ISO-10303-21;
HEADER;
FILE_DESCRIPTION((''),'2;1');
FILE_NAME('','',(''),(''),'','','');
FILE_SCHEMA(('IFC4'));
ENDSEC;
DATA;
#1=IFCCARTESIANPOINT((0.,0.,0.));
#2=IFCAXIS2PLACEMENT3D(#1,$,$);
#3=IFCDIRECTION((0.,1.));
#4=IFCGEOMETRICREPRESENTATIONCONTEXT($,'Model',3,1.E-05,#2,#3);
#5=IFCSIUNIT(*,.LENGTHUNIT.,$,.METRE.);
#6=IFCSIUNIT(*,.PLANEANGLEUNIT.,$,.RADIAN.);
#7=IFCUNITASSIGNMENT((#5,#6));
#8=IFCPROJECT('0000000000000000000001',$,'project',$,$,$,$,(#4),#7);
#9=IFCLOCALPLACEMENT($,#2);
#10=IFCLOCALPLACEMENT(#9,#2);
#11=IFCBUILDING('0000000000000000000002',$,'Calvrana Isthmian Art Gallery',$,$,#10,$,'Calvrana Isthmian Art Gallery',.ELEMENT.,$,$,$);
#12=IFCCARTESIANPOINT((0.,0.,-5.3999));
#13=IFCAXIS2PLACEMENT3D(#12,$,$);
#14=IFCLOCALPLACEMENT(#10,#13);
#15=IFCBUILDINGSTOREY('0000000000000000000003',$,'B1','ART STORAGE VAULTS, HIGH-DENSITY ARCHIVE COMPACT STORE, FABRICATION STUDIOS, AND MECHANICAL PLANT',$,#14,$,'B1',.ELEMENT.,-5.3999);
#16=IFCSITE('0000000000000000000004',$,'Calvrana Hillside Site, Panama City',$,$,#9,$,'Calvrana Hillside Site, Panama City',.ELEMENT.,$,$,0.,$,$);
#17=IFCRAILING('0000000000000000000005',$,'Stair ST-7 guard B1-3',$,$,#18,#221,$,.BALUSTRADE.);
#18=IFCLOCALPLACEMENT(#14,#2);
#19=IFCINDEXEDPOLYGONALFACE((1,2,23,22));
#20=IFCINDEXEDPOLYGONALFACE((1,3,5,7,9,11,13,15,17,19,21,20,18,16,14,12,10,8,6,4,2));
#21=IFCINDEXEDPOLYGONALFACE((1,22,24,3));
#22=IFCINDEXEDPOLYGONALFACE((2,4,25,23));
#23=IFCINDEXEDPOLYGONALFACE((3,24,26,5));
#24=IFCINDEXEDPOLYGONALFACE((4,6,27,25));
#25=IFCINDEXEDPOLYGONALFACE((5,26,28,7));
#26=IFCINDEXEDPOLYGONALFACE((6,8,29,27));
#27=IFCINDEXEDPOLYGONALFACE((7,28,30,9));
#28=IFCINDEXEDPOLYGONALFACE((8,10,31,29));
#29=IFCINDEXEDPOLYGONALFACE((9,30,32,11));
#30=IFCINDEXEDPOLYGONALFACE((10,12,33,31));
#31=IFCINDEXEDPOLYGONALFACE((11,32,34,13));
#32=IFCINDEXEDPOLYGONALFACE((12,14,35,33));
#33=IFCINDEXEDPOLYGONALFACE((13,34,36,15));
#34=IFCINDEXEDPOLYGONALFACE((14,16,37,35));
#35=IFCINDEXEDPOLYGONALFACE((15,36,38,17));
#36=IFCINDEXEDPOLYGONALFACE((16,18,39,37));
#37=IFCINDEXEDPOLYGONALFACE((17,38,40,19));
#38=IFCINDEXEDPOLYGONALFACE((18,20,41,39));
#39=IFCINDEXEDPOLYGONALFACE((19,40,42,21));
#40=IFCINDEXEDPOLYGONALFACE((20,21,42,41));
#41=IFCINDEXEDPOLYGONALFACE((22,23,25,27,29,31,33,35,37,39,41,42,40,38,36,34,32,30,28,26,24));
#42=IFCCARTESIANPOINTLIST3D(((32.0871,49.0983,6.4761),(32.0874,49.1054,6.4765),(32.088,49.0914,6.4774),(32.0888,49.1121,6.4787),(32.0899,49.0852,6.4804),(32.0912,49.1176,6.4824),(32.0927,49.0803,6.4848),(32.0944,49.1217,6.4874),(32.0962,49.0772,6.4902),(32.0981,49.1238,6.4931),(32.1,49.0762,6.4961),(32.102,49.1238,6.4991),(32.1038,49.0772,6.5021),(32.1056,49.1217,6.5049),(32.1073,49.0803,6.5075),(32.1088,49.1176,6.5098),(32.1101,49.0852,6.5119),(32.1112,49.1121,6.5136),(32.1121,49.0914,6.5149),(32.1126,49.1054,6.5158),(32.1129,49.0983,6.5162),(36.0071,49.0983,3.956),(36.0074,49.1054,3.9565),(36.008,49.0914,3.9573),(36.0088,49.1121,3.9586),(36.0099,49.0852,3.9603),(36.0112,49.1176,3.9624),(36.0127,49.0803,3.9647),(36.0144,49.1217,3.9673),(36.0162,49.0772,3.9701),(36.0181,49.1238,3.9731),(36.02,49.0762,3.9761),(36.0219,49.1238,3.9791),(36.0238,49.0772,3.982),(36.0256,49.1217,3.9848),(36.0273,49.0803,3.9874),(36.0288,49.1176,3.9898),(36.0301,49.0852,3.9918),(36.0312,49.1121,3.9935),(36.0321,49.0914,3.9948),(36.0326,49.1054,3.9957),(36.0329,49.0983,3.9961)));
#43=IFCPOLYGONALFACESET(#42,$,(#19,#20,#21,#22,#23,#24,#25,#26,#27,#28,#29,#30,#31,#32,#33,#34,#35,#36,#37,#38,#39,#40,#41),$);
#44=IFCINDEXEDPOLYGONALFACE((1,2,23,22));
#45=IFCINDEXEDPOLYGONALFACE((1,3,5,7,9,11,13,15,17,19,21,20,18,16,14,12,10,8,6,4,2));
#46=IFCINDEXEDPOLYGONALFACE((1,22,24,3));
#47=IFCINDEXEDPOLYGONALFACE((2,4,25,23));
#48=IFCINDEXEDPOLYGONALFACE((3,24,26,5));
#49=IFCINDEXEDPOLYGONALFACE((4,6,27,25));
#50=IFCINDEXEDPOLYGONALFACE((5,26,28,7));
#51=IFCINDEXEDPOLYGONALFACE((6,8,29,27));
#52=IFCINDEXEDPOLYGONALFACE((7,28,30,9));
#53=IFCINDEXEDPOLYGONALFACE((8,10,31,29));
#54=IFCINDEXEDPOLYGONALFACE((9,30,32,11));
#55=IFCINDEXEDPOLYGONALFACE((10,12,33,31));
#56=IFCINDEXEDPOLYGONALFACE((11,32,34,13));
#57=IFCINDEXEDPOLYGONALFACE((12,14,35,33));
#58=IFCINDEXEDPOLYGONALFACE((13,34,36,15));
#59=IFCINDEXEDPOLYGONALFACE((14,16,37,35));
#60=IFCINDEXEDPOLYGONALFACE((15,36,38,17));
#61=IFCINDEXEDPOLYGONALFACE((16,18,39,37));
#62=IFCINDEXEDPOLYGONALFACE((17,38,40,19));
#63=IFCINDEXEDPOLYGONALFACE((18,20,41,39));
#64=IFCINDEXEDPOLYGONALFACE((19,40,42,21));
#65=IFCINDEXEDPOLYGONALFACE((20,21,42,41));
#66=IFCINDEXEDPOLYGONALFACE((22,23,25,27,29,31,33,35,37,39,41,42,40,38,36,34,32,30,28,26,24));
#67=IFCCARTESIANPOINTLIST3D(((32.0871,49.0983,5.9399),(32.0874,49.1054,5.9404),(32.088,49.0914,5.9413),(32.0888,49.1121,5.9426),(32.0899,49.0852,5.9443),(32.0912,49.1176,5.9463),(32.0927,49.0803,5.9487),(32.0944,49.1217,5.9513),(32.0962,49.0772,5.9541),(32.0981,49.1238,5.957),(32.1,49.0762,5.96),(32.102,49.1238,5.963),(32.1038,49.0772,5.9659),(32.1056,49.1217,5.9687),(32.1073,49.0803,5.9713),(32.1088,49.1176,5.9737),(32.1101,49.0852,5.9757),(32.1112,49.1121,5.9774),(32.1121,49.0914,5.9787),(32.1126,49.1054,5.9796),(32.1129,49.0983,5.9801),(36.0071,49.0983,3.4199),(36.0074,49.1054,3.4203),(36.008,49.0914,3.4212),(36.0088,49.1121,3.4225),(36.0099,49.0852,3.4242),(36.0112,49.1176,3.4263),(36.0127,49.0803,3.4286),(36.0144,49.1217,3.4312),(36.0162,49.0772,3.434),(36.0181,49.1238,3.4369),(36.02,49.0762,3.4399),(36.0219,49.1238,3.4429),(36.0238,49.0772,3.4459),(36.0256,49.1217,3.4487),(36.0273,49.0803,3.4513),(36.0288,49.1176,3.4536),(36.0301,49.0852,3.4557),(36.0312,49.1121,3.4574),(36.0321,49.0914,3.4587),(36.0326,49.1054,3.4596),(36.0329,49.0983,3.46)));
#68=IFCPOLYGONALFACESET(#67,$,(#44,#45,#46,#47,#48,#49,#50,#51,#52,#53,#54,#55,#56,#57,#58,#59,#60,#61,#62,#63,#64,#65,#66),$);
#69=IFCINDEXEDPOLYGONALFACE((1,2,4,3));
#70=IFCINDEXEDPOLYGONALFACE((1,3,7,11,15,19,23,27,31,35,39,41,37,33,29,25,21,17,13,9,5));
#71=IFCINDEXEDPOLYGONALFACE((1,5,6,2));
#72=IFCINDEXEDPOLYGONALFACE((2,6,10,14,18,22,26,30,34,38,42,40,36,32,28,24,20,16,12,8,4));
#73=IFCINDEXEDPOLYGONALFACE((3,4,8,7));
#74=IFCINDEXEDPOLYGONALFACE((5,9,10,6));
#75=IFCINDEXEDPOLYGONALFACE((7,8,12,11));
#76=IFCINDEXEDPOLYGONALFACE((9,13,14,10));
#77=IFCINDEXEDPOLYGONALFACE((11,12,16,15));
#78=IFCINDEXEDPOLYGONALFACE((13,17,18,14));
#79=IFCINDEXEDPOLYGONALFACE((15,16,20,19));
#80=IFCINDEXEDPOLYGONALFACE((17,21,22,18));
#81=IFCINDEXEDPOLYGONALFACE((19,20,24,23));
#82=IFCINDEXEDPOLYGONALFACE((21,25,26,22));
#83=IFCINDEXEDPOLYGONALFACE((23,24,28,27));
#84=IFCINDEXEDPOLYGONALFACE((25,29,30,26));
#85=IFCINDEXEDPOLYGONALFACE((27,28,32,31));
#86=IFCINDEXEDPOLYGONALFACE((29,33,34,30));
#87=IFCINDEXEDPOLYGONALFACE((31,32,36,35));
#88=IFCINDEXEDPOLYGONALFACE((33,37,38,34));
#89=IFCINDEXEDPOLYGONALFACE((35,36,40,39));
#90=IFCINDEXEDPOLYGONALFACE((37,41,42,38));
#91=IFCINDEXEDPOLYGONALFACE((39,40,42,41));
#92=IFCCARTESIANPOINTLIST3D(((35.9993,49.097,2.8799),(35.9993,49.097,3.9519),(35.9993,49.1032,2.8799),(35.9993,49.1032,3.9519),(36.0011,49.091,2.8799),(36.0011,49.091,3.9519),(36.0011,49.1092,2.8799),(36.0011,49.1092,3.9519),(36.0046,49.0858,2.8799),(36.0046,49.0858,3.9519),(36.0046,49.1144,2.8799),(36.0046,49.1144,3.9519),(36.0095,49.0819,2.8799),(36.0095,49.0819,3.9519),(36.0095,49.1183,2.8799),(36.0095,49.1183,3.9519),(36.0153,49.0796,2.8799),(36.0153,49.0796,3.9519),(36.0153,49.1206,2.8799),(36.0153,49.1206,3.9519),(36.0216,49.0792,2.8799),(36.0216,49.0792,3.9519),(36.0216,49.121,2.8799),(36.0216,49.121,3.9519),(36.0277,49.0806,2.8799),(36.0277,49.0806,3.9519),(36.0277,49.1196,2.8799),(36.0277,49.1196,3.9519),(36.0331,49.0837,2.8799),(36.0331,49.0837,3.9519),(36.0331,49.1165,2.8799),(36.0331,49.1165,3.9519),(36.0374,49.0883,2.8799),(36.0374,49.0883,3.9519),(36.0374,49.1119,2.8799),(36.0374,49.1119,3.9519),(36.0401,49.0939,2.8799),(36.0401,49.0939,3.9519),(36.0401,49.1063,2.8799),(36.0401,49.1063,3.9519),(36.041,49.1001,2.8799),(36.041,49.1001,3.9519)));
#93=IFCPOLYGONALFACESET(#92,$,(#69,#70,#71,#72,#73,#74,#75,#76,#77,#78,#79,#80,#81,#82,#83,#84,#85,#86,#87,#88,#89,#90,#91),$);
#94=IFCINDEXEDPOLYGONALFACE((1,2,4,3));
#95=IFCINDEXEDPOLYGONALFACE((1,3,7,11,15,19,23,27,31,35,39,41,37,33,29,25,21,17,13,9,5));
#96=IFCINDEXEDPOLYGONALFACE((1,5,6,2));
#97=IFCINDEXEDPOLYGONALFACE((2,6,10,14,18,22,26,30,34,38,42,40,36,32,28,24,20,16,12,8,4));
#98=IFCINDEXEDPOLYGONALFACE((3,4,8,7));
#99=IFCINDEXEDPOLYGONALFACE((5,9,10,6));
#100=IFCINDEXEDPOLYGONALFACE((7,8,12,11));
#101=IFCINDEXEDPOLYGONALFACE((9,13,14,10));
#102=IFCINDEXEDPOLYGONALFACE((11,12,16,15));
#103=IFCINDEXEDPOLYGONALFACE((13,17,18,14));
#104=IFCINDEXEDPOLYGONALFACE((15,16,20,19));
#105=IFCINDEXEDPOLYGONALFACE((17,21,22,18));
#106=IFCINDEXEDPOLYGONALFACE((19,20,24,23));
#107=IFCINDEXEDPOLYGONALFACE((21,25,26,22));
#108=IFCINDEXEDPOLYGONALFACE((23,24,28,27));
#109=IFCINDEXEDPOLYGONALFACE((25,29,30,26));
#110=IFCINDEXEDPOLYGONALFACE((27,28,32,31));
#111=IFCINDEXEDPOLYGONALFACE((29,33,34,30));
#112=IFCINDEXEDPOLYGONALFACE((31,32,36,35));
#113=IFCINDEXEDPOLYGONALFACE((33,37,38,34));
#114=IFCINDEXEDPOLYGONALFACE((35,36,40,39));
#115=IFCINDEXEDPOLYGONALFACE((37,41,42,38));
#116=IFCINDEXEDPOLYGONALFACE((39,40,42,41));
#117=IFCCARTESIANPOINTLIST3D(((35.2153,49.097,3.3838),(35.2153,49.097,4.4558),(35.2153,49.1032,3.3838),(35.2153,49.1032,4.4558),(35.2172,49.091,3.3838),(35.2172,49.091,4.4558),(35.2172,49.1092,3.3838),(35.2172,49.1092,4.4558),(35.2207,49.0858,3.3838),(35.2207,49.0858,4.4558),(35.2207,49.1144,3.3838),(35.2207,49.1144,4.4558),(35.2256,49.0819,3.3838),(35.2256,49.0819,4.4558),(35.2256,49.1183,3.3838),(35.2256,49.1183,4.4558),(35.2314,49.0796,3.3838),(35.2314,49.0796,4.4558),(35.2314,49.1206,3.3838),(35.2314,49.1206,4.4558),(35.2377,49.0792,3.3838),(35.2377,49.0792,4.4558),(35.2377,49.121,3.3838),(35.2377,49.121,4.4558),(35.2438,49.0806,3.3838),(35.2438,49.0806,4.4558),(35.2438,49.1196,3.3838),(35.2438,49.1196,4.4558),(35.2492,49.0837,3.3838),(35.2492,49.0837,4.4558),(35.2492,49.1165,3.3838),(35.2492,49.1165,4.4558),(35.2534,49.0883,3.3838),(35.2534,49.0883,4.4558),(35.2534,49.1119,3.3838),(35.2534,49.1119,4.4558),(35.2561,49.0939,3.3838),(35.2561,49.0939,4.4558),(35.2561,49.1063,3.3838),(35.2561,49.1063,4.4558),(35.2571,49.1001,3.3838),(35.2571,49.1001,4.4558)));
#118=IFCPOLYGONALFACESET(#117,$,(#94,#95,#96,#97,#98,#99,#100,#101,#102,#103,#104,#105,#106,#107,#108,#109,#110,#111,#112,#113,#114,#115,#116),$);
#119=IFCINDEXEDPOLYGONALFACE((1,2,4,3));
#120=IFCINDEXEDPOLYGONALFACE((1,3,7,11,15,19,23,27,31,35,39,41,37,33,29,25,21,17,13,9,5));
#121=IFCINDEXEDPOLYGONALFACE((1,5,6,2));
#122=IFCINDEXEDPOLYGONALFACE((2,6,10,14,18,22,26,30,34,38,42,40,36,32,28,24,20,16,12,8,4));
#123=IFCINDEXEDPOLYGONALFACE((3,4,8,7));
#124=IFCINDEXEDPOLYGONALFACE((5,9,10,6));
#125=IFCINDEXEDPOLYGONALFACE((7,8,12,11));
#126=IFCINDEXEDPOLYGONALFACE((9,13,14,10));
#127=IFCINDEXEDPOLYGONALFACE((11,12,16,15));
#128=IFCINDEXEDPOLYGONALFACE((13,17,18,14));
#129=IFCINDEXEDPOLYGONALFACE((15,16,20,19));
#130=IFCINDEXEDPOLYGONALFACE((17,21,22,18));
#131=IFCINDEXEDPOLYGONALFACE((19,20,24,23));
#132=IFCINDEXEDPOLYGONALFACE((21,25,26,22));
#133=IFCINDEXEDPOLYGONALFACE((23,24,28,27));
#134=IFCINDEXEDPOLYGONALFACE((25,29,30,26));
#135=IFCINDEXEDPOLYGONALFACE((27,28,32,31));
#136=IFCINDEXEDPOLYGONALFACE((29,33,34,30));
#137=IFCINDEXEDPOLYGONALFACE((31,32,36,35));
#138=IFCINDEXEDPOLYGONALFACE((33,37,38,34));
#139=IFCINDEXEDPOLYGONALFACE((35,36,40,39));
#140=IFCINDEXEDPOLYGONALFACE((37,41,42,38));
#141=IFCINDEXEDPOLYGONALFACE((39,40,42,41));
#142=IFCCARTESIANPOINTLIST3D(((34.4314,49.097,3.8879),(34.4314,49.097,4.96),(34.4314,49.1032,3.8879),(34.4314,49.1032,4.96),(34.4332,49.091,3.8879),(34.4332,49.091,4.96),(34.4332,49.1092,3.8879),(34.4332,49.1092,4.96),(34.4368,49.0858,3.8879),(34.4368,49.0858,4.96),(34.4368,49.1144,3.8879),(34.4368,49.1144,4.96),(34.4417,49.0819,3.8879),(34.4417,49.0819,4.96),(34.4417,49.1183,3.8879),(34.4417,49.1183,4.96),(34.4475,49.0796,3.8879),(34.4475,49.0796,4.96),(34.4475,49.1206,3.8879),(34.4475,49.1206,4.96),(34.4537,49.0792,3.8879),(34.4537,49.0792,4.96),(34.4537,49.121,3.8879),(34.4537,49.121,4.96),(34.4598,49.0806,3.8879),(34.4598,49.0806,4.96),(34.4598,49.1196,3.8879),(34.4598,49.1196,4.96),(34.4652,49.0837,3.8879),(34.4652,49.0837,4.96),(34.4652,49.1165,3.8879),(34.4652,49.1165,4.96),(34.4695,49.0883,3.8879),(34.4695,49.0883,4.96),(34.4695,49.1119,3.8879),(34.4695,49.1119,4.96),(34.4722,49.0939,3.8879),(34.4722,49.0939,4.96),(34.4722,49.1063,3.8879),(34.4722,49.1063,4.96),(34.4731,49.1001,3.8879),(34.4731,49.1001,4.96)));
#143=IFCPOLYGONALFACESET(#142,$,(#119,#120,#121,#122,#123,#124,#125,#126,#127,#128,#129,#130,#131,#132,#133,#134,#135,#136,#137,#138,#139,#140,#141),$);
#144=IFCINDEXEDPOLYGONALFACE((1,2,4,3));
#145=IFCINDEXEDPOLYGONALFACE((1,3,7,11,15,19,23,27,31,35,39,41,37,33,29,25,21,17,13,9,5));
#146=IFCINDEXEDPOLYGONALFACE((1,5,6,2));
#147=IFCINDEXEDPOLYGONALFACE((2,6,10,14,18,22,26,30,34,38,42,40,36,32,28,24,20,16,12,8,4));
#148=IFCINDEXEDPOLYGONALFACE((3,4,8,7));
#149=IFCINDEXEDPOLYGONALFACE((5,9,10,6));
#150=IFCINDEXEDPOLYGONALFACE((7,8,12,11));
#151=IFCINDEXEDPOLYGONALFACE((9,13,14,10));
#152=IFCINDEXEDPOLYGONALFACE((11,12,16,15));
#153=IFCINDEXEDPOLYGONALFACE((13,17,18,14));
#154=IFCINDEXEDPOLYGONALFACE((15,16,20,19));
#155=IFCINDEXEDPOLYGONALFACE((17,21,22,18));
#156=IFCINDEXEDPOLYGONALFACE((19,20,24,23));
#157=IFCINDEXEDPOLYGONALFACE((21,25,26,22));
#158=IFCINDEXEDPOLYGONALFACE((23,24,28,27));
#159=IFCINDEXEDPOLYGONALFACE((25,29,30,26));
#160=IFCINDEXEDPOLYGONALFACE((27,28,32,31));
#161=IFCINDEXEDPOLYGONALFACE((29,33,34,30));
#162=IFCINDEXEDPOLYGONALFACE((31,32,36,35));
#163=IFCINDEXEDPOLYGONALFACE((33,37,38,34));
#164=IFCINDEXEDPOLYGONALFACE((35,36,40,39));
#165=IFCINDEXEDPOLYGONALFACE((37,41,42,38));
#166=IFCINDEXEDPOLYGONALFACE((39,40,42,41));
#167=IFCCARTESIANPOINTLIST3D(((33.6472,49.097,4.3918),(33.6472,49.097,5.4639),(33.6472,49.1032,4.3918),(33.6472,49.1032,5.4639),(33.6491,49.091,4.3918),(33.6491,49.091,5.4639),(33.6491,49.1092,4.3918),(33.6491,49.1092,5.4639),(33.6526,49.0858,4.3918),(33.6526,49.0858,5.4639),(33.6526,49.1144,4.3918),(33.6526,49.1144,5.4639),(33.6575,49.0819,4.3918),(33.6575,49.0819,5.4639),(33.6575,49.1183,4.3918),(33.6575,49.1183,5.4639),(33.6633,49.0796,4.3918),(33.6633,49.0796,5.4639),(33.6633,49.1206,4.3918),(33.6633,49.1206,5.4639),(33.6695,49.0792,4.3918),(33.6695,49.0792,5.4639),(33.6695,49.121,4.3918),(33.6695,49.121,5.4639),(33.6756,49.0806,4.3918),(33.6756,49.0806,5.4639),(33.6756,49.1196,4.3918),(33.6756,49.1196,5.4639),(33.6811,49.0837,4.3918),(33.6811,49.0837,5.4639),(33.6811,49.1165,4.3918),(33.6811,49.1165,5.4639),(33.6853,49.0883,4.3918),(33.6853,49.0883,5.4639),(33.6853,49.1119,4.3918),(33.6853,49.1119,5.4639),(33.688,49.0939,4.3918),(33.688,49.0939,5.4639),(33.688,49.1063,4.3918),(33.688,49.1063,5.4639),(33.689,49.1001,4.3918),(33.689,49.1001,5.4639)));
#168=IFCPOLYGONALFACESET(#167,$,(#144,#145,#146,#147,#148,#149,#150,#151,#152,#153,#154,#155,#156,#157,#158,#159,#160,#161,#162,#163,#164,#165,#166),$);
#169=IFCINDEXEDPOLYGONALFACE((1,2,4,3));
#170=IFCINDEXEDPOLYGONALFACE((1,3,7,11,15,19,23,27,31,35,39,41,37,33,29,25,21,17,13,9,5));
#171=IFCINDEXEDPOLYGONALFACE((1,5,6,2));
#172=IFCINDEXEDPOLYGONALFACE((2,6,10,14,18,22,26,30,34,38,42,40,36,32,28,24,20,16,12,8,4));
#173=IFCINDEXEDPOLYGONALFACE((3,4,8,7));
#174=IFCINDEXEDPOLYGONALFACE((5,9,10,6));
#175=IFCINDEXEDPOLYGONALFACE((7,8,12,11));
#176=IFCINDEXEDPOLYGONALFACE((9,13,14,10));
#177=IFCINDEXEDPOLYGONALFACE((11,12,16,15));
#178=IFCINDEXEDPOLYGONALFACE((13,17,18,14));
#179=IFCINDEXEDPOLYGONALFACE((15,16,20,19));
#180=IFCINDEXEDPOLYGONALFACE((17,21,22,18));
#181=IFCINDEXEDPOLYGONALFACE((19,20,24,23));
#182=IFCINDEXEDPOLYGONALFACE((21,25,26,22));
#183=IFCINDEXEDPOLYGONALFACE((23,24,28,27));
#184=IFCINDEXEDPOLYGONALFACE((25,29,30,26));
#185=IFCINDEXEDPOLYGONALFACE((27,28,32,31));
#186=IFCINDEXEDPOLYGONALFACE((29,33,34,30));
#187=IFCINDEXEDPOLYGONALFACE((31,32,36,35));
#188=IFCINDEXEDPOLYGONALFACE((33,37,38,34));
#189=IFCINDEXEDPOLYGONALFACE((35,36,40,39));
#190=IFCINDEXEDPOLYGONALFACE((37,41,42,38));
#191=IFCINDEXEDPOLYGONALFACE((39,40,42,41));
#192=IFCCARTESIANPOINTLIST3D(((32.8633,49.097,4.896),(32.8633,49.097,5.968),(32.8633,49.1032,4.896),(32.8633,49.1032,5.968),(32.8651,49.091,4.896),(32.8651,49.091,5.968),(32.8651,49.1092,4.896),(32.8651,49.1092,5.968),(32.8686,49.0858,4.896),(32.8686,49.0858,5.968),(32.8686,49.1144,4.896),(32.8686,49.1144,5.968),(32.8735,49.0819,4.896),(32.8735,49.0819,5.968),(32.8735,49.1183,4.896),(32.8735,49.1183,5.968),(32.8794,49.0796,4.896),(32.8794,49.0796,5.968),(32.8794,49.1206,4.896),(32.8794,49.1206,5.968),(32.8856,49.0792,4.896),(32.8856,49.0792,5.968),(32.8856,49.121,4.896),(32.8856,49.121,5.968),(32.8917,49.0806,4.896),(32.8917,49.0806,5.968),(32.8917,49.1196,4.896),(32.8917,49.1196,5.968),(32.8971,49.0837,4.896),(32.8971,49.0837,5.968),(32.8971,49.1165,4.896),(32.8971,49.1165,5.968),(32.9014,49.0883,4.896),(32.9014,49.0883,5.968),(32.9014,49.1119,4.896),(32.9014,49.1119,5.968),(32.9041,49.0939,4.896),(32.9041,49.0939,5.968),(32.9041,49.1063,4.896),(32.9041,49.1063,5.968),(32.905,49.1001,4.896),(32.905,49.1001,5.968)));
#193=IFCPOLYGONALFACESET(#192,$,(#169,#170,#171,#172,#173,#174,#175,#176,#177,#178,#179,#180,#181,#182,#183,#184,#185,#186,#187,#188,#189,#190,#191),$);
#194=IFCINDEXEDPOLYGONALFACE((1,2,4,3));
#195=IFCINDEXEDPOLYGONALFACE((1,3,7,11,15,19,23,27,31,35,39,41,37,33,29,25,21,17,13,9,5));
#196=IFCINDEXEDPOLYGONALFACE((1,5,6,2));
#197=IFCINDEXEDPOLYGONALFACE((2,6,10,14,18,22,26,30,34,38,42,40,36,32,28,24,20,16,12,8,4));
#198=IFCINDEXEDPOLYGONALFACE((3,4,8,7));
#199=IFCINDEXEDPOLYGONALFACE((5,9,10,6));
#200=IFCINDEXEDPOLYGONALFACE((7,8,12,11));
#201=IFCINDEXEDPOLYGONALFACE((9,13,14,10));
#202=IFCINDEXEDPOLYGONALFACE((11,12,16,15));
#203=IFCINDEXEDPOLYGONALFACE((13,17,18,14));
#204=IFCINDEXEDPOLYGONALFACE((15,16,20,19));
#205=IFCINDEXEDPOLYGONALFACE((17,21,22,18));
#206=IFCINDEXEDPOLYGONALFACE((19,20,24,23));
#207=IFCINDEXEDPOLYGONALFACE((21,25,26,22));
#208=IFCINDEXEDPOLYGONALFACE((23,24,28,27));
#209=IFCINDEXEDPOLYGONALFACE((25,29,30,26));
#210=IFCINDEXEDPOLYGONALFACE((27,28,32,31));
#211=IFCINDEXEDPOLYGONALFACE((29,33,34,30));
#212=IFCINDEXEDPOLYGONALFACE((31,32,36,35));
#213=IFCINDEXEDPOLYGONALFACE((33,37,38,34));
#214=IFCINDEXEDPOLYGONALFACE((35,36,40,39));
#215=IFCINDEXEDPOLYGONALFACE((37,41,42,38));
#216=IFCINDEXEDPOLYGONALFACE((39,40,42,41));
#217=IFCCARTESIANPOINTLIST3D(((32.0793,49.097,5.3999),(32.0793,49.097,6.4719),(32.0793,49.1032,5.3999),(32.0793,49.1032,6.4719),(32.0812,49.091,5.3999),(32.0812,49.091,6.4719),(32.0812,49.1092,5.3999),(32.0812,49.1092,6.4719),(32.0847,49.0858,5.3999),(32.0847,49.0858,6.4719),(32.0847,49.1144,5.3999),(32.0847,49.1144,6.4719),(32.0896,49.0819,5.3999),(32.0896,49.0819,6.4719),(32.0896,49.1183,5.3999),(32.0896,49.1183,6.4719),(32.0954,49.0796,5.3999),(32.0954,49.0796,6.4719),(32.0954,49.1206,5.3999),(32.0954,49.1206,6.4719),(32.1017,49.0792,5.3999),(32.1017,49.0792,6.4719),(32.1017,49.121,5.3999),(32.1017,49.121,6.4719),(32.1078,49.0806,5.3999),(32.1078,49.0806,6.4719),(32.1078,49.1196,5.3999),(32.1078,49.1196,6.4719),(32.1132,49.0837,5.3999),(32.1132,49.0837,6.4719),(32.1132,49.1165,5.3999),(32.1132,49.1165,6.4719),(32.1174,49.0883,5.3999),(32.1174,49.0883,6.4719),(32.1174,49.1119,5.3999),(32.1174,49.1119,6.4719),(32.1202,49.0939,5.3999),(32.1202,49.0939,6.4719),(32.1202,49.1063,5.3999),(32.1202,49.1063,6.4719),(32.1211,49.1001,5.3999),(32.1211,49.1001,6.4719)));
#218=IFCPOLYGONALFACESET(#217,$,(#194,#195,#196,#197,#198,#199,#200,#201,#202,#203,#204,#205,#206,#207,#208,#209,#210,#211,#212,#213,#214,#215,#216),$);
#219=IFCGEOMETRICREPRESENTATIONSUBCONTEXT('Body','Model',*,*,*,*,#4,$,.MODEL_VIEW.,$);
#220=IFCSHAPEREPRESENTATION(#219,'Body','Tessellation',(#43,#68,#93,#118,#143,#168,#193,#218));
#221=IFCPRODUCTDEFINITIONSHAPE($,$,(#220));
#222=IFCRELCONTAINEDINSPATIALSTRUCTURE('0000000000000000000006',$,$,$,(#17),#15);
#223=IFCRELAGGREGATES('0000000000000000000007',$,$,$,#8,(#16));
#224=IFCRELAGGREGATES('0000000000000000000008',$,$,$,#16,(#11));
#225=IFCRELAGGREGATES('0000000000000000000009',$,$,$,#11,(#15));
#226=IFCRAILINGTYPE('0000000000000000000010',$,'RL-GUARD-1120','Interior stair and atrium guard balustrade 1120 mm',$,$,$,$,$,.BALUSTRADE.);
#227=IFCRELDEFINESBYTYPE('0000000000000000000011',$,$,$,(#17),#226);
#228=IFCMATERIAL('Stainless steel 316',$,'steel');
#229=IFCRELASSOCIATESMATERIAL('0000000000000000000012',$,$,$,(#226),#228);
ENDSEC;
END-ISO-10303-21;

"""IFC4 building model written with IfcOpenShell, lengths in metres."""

from ifc_helpers import new_model, si_unit, direction, frame, origin, origin_2d, place, context, subcontext, project, spatial, circle, extrude, material, type_object, element, save


model = new_model("IFC4")

# Units and contexts
model_context = context("Model", 3, precision=1e-05, world=origin(), true_north=direction((0.0, 1.0)))
body_context = subcontext(model_context, "Body", "Model", "MODEL_VIEW")
ifc_project = project(units=[si_unit("LENGTHUNIT", "METRE"), si_unit("PLANEANGLEUNIT", "RADIAN")], contexts=[model_context])

# Site, building, storey
site_placement = place(None, origin())
site = spatial("IfcSite", under=ifc_project, at=site_placement, Name="Calvrana Hillside Site, Panama City", LongName="Calvrana Hillside Site, Panama City", CompositionType="ELEMENT", RefElevation=0.0)
building_placement = place(site_placement, origin())
building = spatial("IfcBuilding", under=site, at=building_placement, Name="Calvrana Isthmian Art Gallery", LongName="Calvrana Isthmian Art Gallery", CompositionType="ELEMENT")
storey_placement = place(building_placement, frame((0.0, 0.0, -5.3999)))
storey = spatial("IfcBuildingStorey", under=building, at=storey_placement, Name="B1", Description="ART STORAGE VAULTS, HIGH-DENSITY ARCHIVE COMPACT STORE, FABRICATION STUDIOS, AND MECHANICAL PLANT", LongName="B1", CompositionType="ELEMENT", Elevation=-5.3999)

# Railing
ifc_material_1 = material(Name="Stainless steel 316", Category="steel")
railing_type_1 = type_object("IfcRailingType", Name="RL-GUARD-1120", Description="Interior stair and atrium guard balustrade 1120 mm", PredefinedType="BALUSTRADE", material=ifc_material_1)
railing_1_placement = place(storey_placement, frame((36.02, 49.1001, 2.8799)))
element("IfcRailing", 1, at=railing_1_placement, inside=storey, type_object=railing_type_1, Name="Stair ST-7 guard B1-3", PredefinedType="BALUSTRADE", context=body_context, shape_type="SweptSolid", body=[
    extrude(circle(Radius=0.0239, at=origin_2d()), frame((0.0, 0.0, 1.0962), z_axis=(-0.841172, 0.0, 0.540768), x_axis=(0.0, -1.0, 0.0)), (0.0, 0.0, 1.0), 4.6602),
    extrude(circle(Radius=0.0239, at=origin_2d()), frame((0.0, 0.0, 0.5601), z_axis=(-0.841172, 0.0, 0.540768), x_axis=(0.0, -1.0, 0.0)), (0.0, 0.0, 1.0), 4.6602),
    extrude(circle(Radius=0.021, at=origin_2d()), origin(), (0.0, 0.0, 1.0), 1.072),
    extrude(circle(Radius=0.021, at=origin_2d()), frame((-0.7839, 0.0, 0.5039)), (0.0, 0.0, 1.0), 1.072),
    extrude(circle(Radius=0.021, at=origin_2d()), frame((-1.5679, 0.0, 1.0081)), (0.0, 0.0, 1.0), 1.072),
    extrude(circle(Radius=0.021, at=origin_2d()), frame((-2.3521, 0.0, 1.512)), (0.0, 0.0, 1.0), 1.072),
    extrude(circle(Radius=0.021, at=origin_2d()), frame((-3.136, 0.0, 2.0161)), (0.0, 0.0, 1.0), 1.072),
    extrude(circle(Radius=0.021, at=origin_2d()), frame((-3.9199, 0.0, 2.52)), (0.0, 0.0, 1.0), 1.072),
])

save(model, "model.ifc")
